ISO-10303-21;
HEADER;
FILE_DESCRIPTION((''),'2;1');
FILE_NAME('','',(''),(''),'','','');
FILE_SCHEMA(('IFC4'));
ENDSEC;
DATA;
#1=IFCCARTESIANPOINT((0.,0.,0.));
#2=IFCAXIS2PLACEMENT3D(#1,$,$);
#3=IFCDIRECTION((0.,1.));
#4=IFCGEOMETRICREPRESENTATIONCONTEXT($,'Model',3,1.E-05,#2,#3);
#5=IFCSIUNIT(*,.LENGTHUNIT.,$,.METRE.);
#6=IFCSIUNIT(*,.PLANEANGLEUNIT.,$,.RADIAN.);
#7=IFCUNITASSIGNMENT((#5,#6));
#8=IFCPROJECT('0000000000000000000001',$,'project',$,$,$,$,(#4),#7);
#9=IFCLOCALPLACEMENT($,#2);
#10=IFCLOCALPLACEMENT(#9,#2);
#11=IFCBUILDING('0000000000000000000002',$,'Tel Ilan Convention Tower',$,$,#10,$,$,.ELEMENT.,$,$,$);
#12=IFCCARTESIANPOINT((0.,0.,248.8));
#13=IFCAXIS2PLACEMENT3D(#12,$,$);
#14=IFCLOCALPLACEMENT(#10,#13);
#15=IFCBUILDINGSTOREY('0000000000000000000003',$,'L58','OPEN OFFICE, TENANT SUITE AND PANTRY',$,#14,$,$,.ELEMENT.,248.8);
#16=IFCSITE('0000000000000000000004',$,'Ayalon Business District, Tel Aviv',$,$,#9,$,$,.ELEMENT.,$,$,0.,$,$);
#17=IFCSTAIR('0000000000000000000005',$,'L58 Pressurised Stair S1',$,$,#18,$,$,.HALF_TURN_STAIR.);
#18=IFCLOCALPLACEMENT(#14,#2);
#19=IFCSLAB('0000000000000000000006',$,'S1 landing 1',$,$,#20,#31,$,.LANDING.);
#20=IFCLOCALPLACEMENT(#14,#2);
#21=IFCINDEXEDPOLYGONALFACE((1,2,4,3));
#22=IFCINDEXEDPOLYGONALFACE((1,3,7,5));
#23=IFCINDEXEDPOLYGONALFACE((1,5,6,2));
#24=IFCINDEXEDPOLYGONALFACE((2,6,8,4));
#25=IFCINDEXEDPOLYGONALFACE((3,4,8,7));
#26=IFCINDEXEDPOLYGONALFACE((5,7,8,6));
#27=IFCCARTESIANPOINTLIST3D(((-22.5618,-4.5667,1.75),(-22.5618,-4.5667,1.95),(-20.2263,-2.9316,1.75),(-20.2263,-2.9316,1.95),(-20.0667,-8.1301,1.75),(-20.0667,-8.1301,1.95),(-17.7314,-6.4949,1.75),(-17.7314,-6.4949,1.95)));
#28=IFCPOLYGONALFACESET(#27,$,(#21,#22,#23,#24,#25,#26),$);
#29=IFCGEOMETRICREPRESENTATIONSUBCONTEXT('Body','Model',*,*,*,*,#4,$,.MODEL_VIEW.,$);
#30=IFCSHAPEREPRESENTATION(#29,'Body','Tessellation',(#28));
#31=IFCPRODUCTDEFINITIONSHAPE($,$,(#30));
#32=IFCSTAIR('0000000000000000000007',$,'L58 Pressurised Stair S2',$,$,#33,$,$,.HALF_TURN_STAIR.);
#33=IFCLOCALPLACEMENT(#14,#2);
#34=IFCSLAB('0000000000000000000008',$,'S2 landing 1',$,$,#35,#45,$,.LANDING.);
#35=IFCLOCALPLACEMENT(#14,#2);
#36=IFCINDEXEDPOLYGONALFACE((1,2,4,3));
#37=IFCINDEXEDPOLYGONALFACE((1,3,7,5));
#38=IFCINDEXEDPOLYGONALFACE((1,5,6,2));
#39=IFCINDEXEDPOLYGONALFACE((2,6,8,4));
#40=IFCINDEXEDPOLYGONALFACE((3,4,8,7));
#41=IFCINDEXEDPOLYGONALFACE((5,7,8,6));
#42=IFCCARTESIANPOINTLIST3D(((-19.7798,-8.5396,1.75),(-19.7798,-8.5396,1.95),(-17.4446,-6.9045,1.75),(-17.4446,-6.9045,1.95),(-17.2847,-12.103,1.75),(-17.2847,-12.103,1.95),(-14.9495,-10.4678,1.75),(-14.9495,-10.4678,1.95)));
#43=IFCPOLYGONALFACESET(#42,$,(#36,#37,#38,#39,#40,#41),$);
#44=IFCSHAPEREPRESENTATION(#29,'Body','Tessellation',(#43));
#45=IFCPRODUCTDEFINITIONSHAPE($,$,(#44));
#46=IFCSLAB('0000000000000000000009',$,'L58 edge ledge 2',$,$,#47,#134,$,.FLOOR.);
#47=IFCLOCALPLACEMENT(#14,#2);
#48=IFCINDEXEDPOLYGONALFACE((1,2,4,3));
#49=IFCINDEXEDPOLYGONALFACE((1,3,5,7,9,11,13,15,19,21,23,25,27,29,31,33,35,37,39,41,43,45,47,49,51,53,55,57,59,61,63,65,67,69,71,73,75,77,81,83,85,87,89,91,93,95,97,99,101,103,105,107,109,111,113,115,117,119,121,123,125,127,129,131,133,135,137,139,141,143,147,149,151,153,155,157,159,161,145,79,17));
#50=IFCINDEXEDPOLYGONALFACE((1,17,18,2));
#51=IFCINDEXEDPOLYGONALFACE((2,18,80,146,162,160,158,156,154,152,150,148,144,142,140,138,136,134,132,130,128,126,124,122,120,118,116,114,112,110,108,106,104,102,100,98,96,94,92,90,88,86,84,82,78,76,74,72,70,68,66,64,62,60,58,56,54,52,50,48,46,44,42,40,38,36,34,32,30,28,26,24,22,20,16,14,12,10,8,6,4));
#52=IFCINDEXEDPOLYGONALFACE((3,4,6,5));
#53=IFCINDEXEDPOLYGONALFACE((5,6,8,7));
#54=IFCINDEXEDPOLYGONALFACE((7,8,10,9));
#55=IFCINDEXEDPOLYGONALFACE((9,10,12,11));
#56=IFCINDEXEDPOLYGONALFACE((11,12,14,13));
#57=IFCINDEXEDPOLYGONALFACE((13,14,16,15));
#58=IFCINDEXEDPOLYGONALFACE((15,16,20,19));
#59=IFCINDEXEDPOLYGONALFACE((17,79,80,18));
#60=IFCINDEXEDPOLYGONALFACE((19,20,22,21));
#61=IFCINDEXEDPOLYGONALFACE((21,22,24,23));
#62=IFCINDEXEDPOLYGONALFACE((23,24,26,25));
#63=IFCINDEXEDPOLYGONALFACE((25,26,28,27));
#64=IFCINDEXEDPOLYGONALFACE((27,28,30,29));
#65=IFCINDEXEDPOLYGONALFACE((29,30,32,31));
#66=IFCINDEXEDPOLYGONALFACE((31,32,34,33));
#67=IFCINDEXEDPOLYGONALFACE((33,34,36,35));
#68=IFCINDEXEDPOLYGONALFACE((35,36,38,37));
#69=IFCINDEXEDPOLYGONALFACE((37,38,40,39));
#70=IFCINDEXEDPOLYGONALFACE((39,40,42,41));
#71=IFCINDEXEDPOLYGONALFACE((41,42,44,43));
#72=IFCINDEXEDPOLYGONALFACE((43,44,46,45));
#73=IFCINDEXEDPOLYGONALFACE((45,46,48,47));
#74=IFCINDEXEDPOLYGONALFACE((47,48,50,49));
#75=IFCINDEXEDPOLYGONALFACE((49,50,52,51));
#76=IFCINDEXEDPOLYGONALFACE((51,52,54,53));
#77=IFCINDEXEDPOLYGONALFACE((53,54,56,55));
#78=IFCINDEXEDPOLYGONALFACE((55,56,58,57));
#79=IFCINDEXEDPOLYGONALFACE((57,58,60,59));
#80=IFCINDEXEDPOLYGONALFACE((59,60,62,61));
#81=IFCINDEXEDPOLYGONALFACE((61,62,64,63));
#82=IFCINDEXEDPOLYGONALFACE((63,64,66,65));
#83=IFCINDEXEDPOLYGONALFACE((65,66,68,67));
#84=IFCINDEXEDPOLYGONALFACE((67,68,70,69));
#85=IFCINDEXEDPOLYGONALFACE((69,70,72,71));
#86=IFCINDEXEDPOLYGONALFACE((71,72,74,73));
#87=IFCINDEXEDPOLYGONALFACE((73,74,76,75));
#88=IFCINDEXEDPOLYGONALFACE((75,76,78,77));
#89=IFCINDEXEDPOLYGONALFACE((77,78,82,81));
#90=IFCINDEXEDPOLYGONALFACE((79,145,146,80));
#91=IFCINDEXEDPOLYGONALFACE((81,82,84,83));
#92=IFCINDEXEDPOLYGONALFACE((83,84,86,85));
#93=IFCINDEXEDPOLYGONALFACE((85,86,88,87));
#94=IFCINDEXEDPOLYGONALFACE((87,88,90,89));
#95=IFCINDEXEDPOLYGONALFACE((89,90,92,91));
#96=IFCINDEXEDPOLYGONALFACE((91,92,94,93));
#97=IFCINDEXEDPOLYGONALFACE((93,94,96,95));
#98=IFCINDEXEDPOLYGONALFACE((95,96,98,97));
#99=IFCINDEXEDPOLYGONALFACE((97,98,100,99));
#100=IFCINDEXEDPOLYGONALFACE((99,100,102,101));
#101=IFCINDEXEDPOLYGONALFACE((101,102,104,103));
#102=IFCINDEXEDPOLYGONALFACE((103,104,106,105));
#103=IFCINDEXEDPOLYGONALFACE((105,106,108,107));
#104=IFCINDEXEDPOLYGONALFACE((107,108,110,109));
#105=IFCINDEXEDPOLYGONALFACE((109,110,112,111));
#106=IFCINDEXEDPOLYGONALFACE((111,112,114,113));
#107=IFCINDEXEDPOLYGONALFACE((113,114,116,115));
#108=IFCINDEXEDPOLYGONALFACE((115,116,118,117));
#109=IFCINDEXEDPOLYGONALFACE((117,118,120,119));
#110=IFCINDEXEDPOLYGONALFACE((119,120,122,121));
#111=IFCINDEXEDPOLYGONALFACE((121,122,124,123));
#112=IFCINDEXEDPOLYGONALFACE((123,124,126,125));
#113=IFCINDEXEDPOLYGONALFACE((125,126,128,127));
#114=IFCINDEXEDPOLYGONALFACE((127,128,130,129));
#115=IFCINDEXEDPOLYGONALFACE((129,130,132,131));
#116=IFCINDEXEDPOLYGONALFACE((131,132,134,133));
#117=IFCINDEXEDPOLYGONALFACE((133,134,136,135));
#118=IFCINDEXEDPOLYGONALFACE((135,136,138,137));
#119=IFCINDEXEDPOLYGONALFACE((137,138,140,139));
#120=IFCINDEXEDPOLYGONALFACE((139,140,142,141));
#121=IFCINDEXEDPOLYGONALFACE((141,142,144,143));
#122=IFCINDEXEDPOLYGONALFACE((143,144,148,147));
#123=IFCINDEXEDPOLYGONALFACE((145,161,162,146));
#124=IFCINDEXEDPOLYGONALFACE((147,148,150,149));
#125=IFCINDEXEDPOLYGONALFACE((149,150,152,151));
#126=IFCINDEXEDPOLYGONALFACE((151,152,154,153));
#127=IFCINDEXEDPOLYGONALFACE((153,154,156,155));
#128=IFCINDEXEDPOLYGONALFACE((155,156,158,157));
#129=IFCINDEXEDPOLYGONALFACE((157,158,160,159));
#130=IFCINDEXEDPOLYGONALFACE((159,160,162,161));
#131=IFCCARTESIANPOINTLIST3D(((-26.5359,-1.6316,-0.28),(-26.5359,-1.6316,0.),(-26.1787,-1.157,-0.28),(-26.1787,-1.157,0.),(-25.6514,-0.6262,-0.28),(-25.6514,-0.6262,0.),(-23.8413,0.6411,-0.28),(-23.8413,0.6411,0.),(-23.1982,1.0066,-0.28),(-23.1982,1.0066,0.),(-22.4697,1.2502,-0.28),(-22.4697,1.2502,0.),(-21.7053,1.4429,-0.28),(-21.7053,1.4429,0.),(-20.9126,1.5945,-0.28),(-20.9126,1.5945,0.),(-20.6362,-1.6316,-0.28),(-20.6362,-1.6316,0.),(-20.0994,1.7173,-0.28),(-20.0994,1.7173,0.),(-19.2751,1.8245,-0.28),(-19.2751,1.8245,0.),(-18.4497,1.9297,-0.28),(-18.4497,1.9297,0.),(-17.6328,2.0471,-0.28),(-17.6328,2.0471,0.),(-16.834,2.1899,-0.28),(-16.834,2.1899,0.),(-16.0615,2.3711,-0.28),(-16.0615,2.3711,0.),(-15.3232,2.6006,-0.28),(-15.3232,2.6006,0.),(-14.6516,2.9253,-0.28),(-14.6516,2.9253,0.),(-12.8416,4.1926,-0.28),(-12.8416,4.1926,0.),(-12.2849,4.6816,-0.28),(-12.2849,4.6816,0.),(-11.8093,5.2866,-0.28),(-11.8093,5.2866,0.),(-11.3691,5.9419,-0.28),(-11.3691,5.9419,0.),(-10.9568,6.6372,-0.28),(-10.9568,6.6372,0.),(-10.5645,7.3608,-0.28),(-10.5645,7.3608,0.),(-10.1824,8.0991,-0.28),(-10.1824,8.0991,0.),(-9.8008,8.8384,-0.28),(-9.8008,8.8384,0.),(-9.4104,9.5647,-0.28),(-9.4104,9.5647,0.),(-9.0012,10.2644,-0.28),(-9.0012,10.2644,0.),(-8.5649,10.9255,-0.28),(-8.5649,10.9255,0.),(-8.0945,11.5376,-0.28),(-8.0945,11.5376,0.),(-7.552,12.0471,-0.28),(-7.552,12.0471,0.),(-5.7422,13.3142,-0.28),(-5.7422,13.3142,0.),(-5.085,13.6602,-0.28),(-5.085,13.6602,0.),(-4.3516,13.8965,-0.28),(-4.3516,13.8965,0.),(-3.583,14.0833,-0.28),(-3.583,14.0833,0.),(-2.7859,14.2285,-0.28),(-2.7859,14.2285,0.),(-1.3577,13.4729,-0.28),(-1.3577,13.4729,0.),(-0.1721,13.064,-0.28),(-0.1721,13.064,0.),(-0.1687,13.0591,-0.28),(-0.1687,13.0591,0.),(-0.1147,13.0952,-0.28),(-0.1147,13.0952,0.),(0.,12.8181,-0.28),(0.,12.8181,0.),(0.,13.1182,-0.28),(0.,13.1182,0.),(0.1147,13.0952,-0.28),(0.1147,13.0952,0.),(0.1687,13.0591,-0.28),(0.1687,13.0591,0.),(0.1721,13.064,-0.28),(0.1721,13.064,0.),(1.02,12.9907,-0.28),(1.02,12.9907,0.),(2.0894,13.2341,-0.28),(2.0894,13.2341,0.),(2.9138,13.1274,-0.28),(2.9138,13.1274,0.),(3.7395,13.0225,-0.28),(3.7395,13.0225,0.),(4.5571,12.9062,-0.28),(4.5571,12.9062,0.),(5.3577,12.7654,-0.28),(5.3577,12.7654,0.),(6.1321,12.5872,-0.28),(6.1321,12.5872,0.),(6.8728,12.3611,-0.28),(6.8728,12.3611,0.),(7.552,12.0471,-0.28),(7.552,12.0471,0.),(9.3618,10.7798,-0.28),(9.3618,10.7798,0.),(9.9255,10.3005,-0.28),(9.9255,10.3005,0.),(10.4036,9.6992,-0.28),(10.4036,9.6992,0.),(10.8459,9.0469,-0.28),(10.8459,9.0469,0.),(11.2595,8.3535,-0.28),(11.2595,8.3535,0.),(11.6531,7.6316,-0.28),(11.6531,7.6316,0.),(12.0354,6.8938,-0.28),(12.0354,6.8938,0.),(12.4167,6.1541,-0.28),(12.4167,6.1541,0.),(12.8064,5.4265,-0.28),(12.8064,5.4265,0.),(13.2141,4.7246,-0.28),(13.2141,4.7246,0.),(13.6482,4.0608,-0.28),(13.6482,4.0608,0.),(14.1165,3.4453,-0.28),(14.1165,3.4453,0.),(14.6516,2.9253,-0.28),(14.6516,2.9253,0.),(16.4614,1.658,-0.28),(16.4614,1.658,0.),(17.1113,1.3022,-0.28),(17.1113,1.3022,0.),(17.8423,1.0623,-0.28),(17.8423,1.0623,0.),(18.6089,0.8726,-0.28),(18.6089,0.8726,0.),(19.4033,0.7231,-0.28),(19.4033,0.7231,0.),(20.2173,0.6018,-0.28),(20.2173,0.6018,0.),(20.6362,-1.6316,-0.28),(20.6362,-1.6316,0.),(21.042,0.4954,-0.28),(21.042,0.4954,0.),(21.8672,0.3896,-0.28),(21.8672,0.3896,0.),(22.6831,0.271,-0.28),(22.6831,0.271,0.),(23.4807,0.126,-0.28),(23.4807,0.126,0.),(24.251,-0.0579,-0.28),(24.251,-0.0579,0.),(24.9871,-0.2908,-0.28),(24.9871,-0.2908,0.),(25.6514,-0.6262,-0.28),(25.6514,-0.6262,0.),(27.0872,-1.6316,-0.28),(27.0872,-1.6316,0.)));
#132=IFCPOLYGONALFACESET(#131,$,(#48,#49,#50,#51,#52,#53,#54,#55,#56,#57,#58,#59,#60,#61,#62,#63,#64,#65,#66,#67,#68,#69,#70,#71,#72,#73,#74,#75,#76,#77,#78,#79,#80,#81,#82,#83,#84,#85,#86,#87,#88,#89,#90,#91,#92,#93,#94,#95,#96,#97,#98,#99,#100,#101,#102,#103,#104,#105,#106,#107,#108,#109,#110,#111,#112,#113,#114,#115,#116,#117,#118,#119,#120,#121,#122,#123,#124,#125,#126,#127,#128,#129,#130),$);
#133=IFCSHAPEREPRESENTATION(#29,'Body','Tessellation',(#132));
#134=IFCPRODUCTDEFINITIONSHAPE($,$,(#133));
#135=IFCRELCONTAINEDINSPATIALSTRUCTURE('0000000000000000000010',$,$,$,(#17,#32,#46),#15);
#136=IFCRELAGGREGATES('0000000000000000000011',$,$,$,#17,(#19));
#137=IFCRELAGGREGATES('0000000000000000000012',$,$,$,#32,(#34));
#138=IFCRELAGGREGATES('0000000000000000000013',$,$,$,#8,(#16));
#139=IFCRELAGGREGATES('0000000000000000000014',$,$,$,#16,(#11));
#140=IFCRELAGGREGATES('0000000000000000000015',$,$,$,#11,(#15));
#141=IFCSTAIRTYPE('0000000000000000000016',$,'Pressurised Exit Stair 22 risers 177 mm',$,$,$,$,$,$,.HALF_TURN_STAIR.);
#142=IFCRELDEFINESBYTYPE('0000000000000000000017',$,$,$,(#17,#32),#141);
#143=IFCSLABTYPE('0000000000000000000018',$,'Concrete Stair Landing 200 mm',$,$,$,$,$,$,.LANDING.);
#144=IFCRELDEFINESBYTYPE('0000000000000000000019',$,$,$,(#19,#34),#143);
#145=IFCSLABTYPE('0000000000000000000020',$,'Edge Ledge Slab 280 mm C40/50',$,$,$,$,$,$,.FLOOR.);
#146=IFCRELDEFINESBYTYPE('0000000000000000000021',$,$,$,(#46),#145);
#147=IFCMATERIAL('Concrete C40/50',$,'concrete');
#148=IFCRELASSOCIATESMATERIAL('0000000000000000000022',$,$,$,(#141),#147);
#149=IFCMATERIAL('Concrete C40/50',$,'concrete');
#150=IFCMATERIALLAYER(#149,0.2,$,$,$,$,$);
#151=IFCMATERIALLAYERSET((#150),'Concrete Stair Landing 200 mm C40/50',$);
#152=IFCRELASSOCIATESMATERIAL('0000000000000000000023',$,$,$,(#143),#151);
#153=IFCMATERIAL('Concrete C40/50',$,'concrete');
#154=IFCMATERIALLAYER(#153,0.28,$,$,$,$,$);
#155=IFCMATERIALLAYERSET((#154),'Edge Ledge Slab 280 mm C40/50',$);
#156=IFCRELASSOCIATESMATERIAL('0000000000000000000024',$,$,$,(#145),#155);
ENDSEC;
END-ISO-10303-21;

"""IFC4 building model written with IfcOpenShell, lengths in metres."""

from ifc_helpers import new_model, si_unit, direction, frame, origin, place, context, subcontext, project, spatial, polyline, outline, extrude, material, layer, layer_set, type_object, element, aggregate, save


model = new_model("IFC4")

# Units and contexts
model_context = context("Model", 3, precision=1e-05, world=origin(), true_north=direction((0.0, 1.0)))
body_context = subcontext(model_context, "Body", "Model", "MODEL_VIEW")
ifc_project = project(units=[si_unit("LENGTHUNIT", "METRE"), si_unit("PLANEANGLEUNIT", "RADIAN")], contexts=[model_context])

# Site, building, storey
site_placement = place(None, origin())
site = spatial("IfcSite", under=ifc_project, at=site_placement, Name="Ayalon Business District, Tel Aviv", CompositionType="ELEMENT", RefElevation=0.0)
building_placement = place(site_placement, origin())
building = spatial("IfcBuilding", under=site, at=building_placement, Name="Tel Ilan Convention Tower", CompositionType="ELEMENT")
storey_placement = place(building_placement, frame((0.0, 0.0, 248.8)))
storey = spatial("IfcBuildingStorey", under=building, at=storey_placement, Name="L58", Description="OPEN OFFICE, TENANT SUITE AND PANTRY", CompositionType="ELEMENT", Elevation=248.8)

# Stairs, slabs
ifc_material_1 = material(Name="Concrete C40/50", Category="concrete")
stair_type = type_object("IfcStairType", Name="Pressurised Exit Stair 22 risers 177 mm", PredefinedType="HALF_TURN_STAIR", material=ifc_material_1)
stair_1_placement = place(storey_placement, origin())
stair_1 = element("IfcStair", 1, at=stair_1_placement, inside=storey, type_object=stair_type, Name="L58 Pressurised Stair S1", PredefinedType="HALF_TURN_STAIR")
ifc_material_2 = material(Name="Concrete C40/50", Category="concrete")
ifc_layer_1 = layer(ifc_material_2, 0.2)
ifc_layer_set_1 = layer_set([ifc_layer_1], Name="Concrete Stair Landing 200 mm C40/50")
slab_type_1 = type_object("IfcSlabType", Name="Concrete Stair Landing 200 mm", PredefinedType="LANDING", material=ifc_layer_set_1)
slab_1_placement = place(storey_placement, frame((0.0, 0.0, 1.75)))
slab_1 = element("IfcSlab", 2, at=slab_1_placement, type_object=slab_type_1, Name="S1 landing 1", PredefinedType="LANDING", context=body_context, shape_type="SweptSolid", body=[
    extrude(outline(polyline([(-20.0667, -8.1301), (-17.7314, -6.4949), (-20.2263, -2.9316), (-22.5618, -4.5667), (-20.0667, -8.1301)])), origin(), (0.0, 0.0, 1.0), 0.2),
])
aggregate(stair_1, [slab_1])
stair_2_placement = place(storey_placement, origin())
stair_2 = element("IfcStair", 3, at=stair_2_placement, inside=storey, type_object=stair_type, Name="L58 Pressurised Stair S2", PredefinedType="HALF_TURN_STAIR")
slab_2_placement = place(storey_placement, frame((0.0, 0.0, 1.75)))
slab_2 = element("IfcSlab", 4, at=slab_2_placement, type_object=slab_type_1, Name="S2 landing 1", PredefinedType="LANDING", context=body_context, shape_type="SweptSolid", body=[
    extrude(outline(polyline([(-17.2847, -12.103), (-14.9495, -10.4678), (-17.4446, -6.9045), (-19.7798, -8.5396), (-17.2847, -12.103)])), origin(), (0.0, 0.0, 1.0), 0.2),
])
aggregate(stair_2, [slab_2])

# Slab
ifc_material_3 = material(Name="Concrete C40/50", Category="concrete")
ifc_layer_2 = layer(ifc_material_3, 0.28)
ifc_layer_set_2 = layer_set([ifc_layer_2], Name="Edge Ledge Slab 280 mm C40/50")
slab_type_2 = type_object("IfcSlabType", Name="Edge Ledge Slab 280 mm C40/50", PredefinedType="FLOOR", material=ifc_layer_set_2)
slab_3_placement = place(storey_placement, frame((0.0, 0.0, -0.28)))
element("IfcSlab", 5, at=slab_3_placement, inside=storey, type_object=slab_type_2, Name="L58 edge ledge 2", PredefinedType="FLOOR", context=body_context, shape_type="SweptSolid", body=[
    extrude(outline(polyline([(-20.9126, 1.5945), (-20.0994, 1.7173), (-19.2751, 1.8245), (-18.4497, 1.9297), (-17.6328, 2.0471), (-16.834, 2.1899), (-16.0615, 2.3711), (-15.3232, 2.6006), (-14.6516, 2.9253), (-12.8416, 4.1926), (-12.2849, 4.6816), (-11.8093, 5.2866), (-11.3691, 5.9419), (-10.9568, 6.6372), (-10.5645, 7.3608), (-10.1824, 8.0991), (-9.8008, 8.8384), (-9.4104, 9.5647), (-9.0012, 10.2644), (-8.5649, 10.9255), (-8.0945, 11.5376), (-7.552, 12.0471), (-5.7422, 13.3142), (-5.085, 13.6602), (-4.3516, 13.8965), (-3.583, 14.0833), (-2.7859, 14.2285), (-1.3577, 13.4729), (-0.1721, 13.064), (-0.1687, 13.0591), (-0.1147, 13.0952), (0.0, 13.1182), (0.1147, 13.0952), (0.1687, 13.0591), (0.1721, 13.064), (1.02, 12.9907), (2.0894, 13.2341), (2.9138, 13.1274), (3.7395, 13.0225), (4.5571, 12.9062), (5.3577, 12.7654), (6.1321, 12.5872), (6.8728, 12.3611), (7.552, 12.0471), (9.3618, 10.7798), (9.9255, 10.3005), (10.4036, 9.6992), (10.8459, 9.0469), (11.2595, 8.3535), (11.6531, 7.6316), (12.0354, 6.8938), (12.4167, 6.1541), (12.8064, 5.4265), (13.2141, 4.7246), (13.6482, 4.0608), (14.1165, 3.4453), (14.6516, 2.9253), (16.4614, 1.658), (17.1113, 1.3022), (17.8423, 1.0623), (18.6089, 0.8726), (19.4033, 0.7231), (20.2173, 0.6018), (21.042, 0.4954), (21.8672, 0.3896), (22.6831, 0.271), (23.4807, 0.126), (24.251, -0.0579), (24.9871, -0.2908), (25.6514, -0.6262), (27.0872, -1.6316), (20.6362, -1.6316), (0.0, 12.8181), (-20.6362, -1.6316), (-26.5359, -1.6316), (-26.1787, -1.157), (-25.6514, -0.6262), (-23.8413, 0.6411), (-23.1982, 1.0066), (-22.4697, 1.2502), (-21.7053, 1.4429), (-20.9126, 1.5945)])), origin(), (0.0, 0.0, 1.0), 0.28),
])

save(model, "model.ifc")
